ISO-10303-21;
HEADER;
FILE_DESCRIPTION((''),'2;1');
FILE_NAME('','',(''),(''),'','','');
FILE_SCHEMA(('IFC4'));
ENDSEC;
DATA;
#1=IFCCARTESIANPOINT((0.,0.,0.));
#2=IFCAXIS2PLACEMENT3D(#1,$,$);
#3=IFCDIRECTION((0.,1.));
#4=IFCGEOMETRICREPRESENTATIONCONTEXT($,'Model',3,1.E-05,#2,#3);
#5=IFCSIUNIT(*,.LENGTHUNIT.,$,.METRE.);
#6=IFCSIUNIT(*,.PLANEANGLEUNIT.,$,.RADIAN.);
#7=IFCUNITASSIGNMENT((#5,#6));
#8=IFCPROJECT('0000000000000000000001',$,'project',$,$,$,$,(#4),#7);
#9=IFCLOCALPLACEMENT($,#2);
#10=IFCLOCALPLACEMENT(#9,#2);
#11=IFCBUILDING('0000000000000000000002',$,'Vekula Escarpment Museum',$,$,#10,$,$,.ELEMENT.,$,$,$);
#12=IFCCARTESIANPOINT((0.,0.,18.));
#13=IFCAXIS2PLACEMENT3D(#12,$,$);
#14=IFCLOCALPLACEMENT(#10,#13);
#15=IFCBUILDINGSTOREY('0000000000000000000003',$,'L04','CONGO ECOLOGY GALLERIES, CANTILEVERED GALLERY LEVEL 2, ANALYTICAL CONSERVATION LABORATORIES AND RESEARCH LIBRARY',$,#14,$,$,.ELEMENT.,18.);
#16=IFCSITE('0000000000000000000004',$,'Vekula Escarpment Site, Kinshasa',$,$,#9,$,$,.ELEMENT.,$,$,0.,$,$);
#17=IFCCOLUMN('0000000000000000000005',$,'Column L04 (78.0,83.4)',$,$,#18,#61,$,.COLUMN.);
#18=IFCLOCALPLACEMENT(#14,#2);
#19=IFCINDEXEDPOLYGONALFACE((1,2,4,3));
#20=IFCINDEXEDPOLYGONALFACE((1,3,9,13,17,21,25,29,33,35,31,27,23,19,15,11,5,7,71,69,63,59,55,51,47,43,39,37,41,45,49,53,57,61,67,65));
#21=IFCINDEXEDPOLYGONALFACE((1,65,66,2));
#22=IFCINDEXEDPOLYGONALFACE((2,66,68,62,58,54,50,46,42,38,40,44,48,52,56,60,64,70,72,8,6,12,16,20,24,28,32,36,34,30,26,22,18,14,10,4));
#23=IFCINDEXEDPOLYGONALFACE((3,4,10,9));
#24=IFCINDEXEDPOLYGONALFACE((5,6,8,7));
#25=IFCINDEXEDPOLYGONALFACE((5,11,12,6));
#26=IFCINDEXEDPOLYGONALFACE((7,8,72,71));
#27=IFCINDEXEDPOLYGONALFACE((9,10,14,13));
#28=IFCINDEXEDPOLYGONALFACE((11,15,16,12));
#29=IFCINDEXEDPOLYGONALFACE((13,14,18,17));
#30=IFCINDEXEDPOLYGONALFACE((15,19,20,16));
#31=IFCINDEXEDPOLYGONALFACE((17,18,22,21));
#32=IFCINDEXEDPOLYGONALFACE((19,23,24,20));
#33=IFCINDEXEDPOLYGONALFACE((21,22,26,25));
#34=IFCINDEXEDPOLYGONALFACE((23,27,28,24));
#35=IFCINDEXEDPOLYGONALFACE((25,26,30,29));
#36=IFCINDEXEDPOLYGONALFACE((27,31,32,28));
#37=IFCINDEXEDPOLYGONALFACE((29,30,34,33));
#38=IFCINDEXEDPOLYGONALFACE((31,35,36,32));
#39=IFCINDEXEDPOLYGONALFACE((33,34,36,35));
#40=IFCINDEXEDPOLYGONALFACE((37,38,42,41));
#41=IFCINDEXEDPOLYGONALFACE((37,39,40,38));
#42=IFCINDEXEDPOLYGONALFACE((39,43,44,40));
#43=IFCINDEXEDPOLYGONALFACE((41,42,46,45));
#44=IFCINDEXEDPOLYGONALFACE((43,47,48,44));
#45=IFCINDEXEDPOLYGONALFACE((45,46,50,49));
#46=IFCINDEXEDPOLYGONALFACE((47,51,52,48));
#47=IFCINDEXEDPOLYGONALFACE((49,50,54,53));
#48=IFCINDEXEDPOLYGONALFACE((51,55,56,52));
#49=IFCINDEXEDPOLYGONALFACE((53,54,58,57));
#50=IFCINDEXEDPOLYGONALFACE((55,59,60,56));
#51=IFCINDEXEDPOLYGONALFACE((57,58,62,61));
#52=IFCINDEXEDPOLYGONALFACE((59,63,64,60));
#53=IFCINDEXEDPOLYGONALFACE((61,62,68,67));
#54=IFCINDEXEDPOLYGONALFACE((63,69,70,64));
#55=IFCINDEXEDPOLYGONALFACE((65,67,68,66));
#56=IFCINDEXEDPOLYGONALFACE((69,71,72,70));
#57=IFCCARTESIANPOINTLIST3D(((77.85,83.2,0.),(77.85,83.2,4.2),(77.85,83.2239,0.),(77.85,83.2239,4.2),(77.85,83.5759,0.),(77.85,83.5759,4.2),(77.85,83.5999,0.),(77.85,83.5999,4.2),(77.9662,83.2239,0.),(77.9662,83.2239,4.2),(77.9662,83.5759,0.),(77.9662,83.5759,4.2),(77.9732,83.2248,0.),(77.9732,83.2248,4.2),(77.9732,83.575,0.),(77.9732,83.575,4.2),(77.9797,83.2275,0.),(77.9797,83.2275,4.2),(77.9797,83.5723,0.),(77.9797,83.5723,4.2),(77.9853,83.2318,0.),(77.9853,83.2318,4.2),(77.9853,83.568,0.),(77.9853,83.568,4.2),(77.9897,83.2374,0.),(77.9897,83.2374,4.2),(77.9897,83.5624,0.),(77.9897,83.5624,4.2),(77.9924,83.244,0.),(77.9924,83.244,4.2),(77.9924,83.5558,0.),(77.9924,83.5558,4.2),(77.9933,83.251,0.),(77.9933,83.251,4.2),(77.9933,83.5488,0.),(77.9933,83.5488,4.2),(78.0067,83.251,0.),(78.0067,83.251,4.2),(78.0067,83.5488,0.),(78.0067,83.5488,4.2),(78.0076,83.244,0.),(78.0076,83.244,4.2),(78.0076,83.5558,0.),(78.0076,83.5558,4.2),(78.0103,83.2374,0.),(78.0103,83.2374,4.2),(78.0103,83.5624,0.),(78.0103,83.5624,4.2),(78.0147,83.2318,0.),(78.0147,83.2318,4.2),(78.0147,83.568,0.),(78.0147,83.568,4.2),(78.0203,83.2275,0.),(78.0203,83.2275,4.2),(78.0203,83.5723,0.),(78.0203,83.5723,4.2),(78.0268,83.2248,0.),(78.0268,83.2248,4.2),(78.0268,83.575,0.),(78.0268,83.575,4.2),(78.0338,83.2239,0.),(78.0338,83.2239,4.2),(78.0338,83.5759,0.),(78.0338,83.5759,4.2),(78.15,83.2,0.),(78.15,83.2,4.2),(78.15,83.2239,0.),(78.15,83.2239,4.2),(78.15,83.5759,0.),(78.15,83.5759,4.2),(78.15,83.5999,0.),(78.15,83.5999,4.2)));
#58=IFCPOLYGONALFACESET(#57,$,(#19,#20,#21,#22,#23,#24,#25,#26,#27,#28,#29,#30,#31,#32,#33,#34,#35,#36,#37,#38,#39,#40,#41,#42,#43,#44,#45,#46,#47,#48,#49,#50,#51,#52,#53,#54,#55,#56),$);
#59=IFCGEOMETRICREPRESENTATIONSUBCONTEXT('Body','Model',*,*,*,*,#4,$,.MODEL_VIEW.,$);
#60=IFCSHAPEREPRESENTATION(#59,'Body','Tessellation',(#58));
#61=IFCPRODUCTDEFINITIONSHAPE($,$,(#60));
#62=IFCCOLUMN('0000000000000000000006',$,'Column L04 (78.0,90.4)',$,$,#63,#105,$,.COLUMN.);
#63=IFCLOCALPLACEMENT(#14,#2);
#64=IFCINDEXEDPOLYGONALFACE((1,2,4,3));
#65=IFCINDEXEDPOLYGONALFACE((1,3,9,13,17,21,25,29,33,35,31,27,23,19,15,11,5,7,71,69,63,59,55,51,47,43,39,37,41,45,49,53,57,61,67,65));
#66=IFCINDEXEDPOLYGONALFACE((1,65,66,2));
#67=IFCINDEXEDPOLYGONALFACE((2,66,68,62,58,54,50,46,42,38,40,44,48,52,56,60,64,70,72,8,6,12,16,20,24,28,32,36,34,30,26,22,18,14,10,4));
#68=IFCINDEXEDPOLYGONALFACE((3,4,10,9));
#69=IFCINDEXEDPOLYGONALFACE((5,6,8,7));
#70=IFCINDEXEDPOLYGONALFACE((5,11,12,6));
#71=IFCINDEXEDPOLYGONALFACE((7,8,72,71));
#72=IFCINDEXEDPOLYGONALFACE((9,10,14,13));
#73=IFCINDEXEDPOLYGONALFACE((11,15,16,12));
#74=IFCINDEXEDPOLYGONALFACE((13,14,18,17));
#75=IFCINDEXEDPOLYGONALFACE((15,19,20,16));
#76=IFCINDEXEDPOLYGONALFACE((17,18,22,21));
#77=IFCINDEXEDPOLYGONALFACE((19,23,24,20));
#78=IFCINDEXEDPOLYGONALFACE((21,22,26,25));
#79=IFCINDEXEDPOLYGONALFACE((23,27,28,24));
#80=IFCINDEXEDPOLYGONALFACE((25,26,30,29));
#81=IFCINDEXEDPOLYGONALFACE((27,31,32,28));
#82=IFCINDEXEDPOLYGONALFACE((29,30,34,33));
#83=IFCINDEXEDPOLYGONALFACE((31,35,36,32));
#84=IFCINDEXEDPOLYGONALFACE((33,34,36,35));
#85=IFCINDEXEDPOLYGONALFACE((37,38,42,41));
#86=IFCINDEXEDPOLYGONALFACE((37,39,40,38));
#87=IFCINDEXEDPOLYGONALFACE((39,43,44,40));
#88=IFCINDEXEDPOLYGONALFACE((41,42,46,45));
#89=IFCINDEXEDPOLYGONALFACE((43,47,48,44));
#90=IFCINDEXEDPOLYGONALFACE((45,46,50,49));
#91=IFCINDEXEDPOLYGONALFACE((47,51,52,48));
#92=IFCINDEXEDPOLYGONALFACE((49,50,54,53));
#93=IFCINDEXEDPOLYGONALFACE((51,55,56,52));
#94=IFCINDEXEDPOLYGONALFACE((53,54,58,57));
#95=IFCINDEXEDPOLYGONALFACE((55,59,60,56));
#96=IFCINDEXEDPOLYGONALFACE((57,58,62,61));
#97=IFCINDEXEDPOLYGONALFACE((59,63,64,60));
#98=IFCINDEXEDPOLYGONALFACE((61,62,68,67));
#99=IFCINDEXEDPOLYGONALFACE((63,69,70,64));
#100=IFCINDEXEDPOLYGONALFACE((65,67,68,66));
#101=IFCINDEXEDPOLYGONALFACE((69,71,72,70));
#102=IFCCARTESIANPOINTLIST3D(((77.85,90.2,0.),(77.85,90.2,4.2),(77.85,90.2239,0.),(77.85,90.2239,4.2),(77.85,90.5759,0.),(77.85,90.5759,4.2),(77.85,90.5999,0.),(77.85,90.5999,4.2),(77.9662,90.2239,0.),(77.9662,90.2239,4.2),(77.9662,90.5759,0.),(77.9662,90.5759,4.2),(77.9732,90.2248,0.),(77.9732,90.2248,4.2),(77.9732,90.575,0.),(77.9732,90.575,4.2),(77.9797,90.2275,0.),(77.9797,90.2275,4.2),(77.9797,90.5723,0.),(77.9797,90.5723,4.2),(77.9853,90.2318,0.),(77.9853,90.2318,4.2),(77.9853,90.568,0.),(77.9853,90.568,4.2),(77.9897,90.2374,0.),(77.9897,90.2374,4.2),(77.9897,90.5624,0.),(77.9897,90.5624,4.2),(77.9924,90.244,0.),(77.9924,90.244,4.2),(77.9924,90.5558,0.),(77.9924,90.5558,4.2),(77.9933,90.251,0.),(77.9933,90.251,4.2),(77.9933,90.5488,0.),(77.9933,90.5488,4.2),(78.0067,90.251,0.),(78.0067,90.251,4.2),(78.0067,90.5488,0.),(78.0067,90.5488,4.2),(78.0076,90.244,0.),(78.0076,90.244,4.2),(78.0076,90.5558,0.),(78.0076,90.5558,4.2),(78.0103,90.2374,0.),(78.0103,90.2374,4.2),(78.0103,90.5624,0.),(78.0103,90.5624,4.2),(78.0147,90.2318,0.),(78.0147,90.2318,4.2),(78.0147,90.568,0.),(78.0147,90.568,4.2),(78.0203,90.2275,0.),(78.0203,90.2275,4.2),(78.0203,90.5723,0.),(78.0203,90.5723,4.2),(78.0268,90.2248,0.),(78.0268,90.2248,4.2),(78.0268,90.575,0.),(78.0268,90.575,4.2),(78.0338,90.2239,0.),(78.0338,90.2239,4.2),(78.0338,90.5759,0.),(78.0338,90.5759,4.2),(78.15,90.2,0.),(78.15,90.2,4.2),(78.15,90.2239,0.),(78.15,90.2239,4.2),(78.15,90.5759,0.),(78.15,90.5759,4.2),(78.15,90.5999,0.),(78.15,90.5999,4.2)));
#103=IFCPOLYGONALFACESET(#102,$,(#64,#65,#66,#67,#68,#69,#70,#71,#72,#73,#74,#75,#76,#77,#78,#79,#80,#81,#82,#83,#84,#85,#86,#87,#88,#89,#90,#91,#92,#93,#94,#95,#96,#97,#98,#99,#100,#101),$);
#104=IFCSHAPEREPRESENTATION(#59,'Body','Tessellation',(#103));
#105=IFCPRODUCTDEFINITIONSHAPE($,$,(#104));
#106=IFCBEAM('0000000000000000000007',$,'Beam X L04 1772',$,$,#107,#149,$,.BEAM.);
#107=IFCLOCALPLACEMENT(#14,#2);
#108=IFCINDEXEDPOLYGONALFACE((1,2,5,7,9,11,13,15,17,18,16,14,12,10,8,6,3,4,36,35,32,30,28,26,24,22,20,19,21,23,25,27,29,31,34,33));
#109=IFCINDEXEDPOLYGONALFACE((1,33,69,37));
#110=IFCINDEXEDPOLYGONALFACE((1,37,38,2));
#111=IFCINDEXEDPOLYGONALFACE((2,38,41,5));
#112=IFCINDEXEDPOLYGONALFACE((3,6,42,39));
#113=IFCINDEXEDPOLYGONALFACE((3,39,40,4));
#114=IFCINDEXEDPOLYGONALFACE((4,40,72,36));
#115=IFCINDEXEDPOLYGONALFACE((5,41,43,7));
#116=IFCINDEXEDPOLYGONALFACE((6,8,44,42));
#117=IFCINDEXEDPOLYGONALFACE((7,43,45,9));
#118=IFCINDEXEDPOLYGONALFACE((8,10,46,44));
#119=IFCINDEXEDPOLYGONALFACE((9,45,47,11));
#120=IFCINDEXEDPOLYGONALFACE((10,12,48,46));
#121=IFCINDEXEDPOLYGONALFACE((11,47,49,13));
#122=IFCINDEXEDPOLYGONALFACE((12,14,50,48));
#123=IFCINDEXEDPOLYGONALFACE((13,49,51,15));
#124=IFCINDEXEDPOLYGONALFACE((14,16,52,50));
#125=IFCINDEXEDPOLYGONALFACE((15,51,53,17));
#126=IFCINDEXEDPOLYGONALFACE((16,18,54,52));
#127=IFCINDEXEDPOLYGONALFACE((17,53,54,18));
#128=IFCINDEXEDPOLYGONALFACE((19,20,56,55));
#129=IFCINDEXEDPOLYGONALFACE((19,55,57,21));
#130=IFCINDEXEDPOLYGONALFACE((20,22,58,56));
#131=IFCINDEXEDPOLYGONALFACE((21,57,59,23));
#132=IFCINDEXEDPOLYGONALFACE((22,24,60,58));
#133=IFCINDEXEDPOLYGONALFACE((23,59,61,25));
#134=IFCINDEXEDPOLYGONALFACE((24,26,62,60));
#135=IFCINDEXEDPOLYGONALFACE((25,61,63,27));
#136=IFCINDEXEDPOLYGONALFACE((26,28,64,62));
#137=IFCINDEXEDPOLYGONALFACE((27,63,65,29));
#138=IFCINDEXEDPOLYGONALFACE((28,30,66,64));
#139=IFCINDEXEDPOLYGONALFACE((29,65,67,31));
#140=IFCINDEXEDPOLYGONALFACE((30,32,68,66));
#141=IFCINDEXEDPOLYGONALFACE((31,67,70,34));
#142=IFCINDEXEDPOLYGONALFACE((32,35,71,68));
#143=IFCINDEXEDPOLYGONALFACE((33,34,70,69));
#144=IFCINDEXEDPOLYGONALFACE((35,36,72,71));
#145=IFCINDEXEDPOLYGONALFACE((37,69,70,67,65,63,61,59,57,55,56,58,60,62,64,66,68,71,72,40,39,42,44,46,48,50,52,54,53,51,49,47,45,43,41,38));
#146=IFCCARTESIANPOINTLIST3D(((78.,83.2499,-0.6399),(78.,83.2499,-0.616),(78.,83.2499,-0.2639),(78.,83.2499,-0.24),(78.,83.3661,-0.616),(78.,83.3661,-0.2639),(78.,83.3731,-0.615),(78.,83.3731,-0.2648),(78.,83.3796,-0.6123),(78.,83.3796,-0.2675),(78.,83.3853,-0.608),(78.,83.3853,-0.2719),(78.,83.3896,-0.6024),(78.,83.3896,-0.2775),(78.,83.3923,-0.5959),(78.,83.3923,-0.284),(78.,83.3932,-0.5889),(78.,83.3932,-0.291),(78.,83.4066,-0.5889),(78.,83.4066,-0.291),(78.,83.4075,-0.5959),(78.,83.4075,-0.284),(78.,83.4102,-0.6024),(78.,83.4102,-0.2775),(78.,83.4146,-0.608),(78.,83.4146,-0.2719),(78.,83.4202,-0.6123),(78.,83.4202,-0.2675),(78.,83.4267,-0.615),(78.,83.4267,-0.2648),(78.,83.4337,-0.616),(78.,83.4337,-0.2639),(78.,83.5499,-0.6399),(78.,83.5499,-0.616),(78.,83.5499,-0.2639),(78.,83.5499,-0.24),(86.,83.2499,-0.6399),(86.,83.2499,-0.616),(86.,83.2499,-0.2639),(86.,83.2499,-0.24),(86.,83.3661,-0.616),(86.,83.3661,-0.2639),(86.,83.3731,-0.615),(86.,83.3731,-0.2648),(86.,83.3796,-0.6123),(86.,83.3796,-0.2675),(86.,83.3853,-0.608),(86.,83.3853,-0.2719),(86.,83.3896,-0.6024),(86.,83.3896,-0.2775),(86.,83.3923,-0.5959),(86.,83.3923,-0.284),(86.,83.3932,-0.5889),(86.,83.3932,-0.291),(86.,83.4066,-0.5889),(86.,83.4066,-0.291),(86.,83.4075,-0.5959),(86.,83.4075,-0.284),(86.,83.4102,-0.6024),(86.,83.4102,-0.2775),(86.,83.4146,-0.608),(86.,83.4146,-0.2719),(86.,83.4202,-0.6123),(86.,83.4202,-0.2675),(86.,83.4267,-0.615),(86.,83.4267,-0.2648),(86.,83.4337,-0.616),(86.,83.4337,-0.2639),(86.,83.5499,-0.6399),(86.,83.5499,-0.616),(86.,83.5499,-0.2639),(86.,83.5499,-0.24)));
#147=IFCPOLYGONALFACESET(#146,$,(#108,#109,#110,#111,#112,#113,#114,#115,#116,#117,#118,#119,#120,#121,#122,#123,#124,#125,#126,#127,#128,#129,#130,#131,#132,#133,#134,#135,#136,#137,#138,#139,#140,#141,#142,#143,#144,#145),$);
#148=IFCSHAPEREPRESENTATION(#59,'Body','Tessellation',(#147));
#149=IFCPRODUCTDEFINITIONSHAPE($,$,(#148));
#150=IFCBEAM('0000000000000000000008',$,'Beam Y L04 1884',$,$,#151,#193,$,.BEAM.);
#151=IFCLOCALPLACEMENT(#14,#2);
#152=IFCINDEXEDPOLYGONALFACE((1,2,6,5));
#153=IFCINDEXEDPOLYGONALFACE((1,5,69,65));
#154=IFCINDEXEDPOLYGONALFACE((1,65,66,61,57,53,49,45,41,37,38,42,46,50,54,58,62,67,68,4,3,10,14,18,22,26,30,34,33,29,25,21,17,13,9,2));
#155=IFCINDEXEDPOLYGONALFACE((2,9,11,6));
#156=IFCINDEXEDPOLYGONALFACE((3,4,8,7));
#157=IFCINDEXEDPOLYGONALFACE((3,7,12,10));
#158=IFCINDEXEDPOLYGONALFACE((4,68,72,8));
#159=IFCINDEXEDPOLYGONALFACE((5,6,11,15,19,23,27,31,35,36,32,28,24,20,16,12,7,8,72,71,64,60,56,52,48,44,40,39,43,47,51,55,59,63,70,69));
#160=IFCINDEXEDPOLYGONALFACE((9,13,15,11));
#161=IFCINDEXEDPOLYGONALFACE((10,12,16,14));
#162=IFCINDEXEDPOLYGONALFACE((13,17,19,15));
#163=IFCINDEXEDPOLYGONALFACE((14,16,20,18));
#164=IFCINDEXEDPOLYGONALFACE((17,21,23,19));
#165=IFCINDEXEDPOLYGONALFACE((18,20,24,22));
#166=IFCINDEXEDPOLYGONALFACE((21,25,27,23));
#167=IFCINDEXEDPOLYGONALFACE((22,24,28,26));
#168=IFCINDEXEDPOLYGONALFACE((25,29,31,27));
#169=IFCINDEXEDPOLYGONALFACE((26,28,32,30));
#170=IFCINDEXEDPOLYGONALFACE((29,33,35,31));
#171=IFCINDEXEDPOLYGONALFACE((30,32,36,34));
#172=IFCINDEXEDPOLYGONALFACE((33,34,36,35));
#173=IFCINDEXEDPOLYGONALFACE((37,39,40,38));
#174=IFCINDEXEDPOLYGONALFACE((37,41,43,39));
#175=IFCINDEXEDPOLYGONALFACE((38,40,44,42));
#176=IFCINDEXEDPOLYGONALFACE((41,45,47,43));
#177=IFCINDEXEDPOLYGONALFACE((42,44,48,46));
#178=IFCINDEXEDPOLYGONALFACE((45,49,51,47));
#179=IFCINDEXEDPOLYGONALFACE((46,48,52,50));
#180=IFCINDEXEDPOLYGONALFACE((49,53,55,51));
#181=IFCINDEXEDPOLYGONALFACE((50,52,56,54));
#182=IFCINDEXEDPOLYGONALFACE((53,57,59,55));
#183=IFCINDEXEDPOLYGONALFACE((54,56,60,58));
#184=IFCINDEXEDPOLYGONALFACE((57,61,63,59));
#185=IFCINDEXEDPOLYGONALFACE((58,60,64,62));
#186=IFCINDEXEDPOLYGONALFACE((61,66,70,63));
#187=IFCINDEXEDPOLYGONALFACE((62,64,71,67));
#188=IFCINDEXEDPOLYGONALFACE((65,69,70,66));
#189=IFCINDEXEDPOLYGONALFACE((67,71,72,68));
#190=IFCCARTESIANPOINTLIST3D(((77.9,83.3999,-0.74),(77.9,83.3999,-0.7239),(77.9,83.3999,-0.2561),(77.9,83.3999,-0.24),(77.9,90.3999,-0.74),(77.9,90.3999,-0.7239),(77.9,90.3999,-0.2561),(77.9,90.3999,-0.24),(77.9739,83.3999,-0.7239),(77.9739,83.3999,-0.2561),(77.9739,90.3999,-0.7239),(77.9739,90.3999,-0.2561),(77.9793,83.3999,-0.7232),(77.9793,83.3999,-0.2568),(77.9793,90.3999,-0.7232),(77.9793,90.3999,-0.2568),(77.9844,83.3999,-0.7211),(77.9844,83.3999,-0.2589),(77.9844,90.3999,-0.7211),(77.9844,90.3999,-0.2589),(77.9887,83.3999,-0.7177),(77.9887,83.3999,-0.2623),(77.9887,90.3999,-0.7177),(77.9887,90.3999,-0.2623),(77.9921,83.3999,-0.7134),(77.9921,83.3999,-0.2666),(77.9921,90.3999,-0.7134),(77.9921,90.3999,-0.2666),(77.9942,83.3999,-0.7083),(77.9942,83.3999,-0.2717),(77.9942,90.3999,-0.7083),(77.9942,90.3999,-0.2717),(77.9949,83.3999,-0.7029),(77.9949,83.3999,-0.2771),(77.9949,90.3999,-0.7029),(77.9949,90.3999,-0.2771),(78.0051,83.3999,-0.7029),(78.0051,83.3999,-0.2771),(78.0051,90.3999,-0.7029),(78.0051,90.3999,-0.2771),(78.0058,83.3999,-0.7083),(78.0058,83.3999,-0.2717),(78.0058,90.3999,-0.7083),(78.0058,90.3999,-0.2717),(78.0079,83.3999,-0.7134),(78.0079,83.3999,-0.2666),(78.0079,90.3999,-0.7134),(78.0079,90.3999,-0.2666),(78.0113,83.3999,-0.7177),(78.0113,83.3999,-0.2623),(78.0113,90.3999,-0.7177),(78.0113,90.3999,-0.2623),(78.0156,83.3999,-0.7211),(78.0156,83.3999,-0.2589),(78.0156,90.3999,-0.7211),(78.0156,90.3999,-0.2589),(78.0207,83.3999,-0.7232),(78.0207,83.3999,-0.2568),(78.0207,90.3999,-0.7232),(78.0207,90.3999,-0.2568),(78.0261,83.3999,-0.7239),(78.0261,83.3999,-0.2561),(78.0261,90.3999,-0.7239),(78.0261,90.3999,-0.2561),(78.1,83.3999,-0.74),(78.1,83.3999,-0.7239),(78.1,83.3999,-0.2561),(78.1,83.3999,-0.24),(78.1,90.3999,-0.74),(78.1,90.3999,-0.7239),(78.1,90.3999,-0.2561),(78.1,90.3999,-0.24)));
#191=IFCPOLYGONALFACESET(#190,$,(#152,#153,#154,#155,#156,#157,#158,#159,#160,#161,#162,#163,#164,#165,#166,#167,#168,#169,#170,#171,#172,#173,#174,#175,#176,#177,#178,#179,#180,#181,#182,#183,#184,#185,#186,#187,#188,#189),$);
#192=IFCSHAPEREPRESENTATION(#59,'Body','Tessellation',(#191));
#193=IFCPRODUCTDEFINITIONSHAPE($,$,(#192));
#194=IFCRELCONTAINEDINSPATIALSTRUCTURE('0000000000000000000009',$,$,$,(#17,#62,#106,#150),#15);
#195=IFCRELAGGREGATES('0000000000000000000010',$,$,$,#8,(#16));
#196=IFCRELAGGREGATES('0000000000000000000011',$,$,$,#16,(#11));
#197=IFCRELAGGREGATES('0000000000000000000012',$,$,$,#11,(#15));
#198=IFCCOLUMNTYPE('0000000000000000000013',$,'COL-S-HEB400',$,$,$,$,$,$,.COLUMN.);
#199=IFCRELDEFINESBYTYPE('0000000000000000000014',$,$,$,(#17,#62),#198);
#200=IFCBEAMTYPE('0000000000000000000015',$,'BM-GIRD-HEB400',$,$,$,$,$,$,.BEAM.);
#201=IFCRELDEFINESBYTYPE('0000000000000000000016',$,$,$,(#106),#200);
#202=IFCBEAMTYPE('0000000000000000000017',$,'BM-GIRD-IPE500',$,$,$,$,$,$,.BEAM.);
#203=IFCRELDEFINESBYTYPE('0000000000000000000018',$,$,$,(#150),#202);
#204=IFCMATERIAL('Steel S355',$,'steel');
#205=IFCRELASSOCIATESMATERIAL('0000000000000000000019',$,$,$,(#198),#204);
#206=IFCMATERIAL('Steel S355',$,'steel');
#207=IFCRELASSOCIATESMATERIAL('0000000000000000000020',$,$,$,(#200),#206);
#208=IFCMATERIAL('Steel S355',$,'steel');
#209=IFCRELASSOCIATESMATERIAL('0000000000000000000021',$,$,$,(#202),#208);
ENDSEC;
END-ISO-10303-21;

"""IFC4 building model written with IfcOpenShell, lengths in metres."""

from ifc_helpers import new_model, si_unit, direction, frame, origin, origin_2d, place, context, subcontext, project, spatial, i_section, extrude, material, material_profile, profile_set, type_object, element, save


model = new_model("IFC4")

# Units and contexts
model_context = context("Model", 3, precision=1e-05, world=origin(), true_north=direction((0.0, 1.0)))
body_context = subcontext(model_context, "Body", "Model", "MODEL_VIEW")
ifc_project = project(units=[si_unit("LENGTHUNIT", "METRE"), si_unit("PLANEANGLEUNIT", "RADIAN")], contexts=[model_context])

# Site, building, storey
site_placement = place(None, origin())
site = spatial("IfcSite", under=ifc_project, at=site_placement, Name="Vekula Escarpment Site, Kinshasa", CompositionType="ELEMENT", RefElevation=0.0)
building_placement = place(site_placement, origin())
building = spatial("IfcBuilding", under=site, at=building_placement, Name="Vekula Escarpment Museum", CompositionType="ELEMENT")
storey_placement = place(building_placement, frame((0.0, 0.0, 18.0)))
storey = spatial("IfcBuildingStorey", under=building, at=storey_placement, Name="L04", Description="CONGO ECOLOGY GALLERIES, CANTILEVERED GALLERY LEVEL 2, ANALYTICAL CONSERVATION LABORATORIES AND RESEARCH LIBRARY", CompositionType="ELEMENT", Elevation=18.0)

# Columns
ifc_material_1 = material(Name="Steel S355", Category="steel")
ifc_material_profile_1 = material_profile(ifc_material_1, i_section(OverallWidth=0.3, OverallDepth=0.3999, WebThickness=0.0134, FlangeThickness=0.0239, FilletRadius=0.0271, at=origin_2d()), Name="HEB 400")
ifc_profile_set_1 = profile_set([ifc_material_profile_1], Name="Steel S355")
column_type = type_object("IfcColumnType", Name="COL-S-HEB400", PredefinedType="COLUMN", material=ifc_profile_set_1)
for number, where, z_axis, x_axis, name in (
    (1, (78.0, 83.3999, 0.0), (0.0, 0.0, 1.0), (1.0, 0.0, 0.0), "Column L04 (78.0,83.4)"),
    (2, (78.0, 90.3999, 0.0), (0.0, 0.0, 1.0), (1.0, 0.0, 0.0), "Column L04 (78.0,90.4)"),
):
    element("IfcColumn", number, at=place(storey_placement, frame(where, z_axis=z_axis, x_axis=x_axis)), inside=storey, type_object=column_type, Name=name, PredefinedType="COLUMN", context=body_context, shape_type="SweptSolid", body=[
        extrude(i_section(OverallWidth=0.3, OverallDepth=0.3999, WebThickness=0.0134, FlangeThickness=0.0239, FilletRadius=0.0271, at=origin_2d()), origin(), (0.0, 0.0, 1.0), 4.2),
    ])

# Beams
ifc_material_2 = material(Name="Steel S355", Category="steel")
ifc_material_profile_2 = material_profile(ifc_material_2, i_section(OverallWidth=0.3, OverallDepth=0.3999, WebThickness=0.0134, FlangeThickness=0.0239, FilletRadius=0.0271, at=origin_2d()), Name="HEB 400")
ifc_profile_set_2 = profile_set([ifc_material_profile_2], Name="Steel S355")
beam_type_1 = type_object("IfcBeamType", Name="BM-GIRD-HEB400", PredefinedType="BEAM", material=ifc_profile_set_2)
beam_1_placement = place(storey_placement, frame((78.0, 83.3999, -0.4399), z_axis=(1.0, 0.0, 0.0), x_axis=(0.0, 1.0, 0.0)))
element("IfcBeam", 3, at=beam_1_placement, inside=storey, type_object=beam_type_1, Name="Beam X L04 1772", PredefinedType="BEAM", context=body_context, shape_type="SweptSolid", body=[
    extrude(i_section(OverallWidth=0.3, OverallDepth=0.3999, WebThickness=0.0134, FlangeThickness=0.0239, FilletRadius=0.0271, at=origin_2d()), origin(), (0.0, 0.0, 1.0), 8.0),
])
ifc_material_3 = material(Name="Steel S355", Category="steel")
ifc_material_profile_3 = material_profile(ifc_material_3, i_section(OverallWidth=0.2, OverallDepth=0.5, WebThickness=0.0103, FlangeThickness=0.0161, FilletRadius=0.021, at=origin_2d()), Name="IPE 500")
ifc_profile_set_3 = profile_set([ifc_material_profile_3], Name="Steel S355")
beam_type_2 = type_object("IfcBeamType", Name="BM-GIRD-IPE500", PredefinedType="BEAM", material=ifc_profile_set_3)
beam_2_placement = place(storey_placement, frame((78.0, 83.3999, -0.49), z_axis=(0.0, 1.0, 0.0), x_axis=(-1.0, 0.0, 0.0)))
element("IfcBeam", 4, at=beam_2_placement, inside=storey, type_object=beam_type_2, Name="Beam Y L04 1884", PredefinedType="BEAM", context=body_context, shape_type="SweptSolid", body=[
    extrude(i_section(OverallWidth=0.2, OverallDepth=0.5, WebThickness=0.0103, FlangeThickness=0.0161, FilletRadius=0.021, at=origin_2d()), origin(), (0.0, 0.0, 1.0), 7.0),
])

save(model, "model.ifc")
